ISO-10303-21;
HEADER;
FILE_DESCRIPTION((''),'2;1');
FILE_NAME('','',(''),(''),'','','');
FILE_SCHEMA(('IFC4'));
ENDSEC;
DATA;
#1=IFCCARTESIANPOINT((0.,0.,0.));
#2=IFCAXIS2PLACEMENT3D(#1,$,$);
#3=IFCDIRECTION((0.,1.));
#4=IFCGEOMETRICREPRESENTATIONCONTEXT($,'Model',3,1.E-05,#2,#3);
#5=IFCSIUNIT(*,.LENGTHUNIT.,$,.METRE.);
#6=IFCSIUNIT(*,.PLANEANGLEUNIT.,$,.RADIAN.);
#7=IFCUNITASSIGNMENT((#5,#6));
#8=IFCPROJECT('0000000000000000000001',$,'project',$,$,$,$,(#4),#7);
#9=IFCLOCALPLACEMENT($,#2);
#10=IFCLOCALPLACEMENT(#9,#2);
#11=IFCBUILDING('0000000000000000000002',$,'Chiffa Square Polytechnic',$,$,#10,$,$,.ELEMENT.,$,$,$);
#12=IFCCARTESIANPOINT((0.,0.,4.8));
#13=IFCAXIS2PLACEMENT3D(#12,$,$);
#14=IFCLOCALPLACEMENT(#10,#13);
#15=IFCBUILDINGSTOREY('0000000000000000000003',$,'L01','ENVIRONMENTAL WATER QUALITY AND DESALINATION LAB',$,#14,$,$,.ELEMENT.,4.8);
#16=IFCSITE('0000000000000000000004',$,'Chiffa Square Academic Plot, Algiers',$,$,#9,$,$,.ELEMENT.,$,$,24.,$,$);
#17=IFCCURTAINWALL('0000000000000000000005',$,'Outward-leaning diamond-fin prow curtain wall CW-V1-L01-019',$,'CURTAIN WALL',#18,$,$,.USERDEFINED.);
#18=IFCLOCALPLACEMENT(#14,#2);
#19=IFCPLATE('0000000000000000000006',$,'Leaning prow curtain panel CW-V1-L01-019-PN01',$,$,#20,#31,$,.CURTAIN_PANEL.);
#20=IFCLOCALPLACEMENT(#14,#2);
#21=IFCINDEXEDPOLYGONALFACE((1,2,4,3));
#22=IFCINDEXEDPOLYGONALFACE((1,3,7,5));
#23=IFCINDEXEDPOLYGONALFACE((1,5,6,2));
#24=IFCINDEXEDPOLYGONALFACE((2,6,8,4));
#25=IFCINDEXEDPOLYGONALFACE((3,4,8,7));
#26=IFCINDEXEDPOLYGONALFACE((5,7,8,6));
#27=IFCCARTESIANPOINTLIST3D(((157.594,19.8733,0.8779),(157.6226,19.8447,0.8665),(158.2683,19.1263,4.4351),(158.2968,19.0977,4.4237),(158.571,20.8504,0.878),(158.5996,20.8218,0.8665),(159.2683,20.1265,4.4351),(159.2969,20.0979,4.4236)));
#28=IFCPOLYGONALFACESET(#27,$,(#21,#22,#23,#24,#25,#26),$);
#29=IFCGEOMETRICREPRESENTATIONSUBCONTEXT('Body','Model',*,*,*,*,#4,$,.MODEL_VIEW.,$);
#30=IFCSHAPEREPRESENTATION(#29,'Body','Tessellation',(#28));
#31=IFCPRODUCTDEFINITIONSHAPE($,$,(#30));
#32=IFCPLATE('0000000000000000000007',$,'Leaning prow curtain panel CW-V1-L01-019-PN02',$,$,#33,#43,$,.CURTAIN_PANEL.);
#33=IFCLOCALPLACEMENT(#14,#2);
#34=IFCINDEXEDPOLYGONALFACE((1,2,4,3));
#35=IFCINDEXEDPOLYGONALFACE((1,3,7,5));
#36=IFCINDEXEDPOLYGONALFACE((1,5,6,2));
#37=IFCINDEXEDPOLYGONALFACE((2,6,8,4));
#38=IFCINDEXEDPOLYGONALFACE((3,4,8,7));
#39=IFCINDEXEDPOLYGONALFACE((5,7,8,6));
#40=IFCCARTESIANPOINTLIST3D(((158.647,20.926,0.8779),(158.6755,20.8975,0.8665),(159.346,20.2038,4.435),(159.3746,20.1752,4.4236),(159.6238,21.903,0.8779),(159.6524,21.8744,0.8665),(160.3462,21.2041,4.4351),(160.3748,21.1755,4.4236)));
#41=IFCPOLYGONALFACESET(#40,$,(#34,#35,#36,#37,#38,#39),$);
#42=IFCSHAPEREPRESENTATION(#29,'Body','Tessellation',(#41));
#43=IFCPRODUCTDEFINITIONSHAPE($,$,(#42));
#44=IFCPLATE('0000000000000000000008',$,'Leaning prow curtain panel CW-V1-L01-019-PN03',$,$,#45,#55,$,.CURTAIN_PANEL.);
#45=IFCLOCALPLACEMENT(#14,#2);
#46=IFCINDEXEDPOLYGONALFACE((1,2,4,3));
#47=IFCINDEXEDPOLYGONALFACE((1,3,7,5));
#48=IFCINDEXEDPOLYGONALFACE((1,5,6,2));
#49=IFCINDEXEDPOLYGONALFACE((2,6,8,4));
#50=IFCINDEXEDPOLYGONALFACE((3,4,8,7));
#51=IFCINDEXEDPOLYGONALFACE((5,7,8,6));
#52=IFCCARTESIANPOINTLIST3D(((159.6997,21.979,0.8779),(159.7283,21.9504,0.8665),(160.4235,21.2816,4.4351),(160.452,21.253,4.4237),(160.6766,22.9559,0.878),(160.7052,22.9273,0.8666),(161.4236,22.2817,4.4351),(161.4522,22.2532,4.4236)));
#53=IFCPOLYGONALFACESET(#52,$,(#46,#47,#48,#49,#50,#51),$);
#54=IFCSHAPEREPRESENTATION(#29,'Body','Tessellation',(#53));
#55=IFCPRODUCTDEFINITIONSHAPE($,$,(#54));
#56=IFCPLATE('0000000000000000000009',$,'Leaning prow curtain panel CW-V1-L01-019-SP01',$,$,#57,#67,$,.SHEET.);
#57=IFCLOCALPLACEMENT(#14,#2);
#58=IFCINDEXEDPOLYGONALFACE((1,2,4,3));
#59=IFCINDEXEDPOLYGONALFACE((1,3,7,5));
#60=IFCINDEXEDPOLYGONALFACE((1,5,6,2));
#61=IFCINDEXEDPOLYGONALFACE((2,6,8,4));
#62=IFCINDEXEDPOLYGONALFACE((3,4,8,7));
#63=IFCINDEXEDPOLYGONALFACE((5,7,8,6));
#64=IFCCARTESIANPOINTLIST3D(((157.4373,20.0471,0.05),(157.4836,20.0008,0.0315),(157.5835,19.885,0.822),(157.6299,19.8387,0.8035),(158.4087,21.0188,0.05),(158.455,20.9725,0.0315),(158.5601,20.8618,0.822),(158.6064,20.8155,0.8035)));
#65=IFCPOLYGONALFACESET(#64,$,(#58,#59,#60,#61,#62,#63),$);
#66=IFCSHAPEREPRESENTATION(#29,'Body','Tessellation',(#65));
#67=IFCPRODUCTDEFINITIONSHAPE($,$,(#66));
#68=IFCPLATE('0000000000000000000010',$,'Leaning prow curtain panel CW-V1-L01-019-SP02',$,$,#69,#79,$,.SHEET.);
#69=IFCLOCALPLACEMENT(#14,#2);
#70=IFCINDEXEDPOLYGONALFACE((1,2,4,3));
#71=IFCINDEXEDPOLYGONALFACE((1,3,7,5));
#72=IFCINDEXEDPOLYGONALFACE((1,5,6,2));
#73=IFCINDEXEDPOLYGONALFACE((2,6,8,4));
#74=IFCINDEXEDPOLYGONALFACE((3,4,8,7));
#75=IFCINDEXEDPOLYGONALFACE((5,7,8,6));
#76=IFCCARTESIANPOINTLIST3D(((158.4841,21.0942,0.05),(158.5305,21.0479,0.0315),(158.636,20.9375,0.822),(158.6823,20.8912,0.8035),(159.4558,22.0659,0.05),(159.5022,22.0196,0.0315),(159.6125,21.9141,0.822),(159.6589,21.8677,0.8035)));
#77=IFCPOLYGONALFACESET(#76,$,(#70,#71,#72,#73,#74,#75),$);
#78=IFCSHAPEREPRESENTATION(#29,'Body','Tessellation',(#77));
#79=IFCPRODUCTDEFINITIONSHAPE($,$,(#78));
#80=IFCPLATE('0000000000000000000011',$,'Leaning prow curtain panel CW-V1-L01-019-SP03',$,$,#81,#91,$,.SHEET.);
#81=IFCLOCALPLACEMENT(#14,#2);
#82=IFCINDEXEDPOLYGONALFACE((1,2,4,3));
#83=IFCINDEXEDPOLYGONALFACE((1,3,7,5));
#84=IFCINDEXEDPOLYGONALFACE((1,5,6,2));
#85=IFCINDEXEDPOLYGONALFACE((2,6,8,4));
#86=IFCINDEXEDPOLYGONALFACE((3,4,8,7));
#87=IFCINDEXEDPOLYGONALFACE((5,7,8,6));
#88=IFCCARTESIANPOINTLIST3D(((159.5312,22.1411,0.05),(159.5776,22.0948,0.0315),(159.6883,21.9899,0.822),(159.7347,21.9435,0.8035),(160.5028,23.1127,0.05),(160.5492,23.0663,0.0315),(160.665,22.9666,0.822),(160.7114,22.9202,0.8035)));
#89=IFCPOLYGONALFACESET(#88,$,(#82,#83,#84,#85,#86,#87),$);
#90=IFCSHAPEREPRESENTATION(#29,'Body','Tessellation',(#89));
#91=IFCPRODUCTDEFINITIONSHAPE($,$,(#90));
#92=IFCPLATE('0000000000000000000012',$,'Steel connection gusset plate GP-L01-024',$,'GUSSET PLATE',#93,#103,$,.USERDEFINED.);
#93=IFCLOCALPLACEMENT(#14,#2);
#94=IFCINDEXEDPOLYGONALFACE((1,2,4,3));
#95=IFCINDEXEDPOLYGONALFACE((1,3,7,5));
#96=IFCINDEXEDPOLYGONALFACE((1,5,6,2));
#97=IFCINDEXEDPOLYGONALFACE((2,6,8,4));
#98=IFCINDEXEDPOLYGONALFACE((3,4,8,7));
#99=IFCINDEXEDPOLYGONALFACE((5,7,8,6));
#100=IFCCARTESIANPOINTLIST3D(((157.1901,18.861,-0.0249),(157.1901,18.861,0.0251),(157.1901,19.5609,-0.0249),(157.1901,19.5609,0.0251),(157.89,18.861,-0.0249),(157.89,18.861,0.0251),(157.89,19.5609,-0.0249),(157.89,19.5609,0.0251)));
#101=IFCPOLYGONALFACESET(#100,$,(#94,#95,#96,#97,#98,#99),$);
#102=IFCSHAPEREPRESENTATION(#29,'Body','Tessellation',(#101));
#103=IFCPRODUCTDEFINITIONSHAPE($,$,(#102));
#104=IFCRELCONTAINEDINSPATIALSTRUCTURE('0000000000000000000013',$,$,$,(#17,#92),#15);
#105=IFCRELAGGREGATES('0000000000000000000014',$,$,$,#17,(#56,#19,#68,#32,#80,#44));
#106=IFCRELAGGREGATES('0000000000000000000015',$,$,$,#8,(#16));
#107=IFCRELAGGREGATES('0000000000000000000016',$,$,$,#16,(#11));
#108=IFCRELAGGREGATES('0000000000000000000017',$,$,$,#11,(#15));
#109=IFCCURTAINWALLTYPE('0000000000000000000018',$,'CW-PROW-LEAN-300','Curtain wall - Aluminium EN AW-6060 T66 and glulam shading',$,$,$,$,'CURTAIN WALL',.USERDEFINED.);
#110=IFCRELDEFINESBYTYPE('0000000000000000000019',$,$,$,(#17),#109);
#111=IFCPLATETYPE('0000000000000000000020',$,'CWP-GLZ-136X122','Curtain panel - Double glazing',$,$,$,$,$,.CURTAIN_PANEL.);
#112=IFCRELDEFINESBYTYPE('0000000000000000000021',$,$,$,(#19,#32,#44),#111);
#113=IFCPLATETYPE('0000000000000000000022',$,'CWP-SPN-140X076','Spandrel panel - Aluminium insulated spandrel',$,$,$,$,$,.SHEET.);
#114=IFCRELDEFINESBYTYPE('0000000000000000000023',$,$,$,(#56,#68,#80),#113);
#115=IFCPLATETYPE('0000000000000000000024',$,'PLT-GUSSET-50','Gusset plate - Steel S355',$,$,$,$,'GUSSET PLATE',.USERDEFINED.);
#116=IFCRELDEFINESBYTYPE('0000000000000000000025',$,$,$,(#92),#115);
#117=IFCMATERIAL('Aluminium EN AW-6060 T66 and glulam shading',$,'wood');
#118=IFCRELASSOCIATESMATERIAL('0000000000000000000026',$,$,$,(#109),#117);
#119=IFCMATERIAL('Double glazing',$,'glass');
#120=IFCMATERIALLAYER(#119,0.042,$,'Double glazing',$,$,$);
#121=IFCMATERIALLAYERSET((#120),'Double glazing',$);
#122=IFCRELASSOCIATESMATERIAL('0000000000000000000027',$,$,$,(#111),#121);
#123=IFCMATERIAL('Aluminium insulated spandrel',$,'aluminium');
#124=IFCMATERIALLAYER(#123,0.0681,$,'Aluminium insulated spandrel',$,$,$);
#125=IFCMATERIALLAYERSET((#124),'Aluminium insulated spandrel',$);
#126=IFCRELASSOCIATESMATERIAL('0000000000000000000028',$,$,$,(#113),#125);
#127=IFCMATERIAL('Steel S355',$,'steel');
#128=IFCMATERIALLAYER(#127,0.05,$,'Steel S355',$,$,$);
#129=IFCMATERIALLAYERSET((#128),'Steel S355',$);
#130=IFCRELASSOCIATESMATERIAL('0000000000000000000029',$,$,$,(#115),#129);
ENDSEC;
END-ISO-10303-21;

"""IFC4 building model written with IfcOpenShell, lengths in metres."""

from ifc_helpers import new_model, si_unit, direction, frame, origin, origin_2d, place, context, subcontext, project, spatial, polyline, rectangle, outline, extrude, material, layer, layer_set, type_object, element, aggregate, save


model = new_model("IFC4")

# Units and contexts
model_context = context("Model", 3, precision=1e-05, world=origin(), true_north=direction((0.0, 1.0)))
body_context = subcontext(model_context, "Body", "Model", "MODEL_VIEW")
ifc_project = project(units=[si_unit("LENGTHUNIT", "METRE"), si_unit("PLANEANGLEUNIT", "RADIAN")], contexts=[model_context])

# Site, building, storey
site_placement = place(None, origin())
site = spatial("IfcSite", under=ifc_project, at=site_placement, Name="Chiffa Square Academic Plot, Algiers", CompositionType="ELEMENT", RefElevation=24.0)
building_placement = place(site_placement, origin())
building = spatial("IfcBuilding", under=site, at=building_placement, Name="Chiffa Square Polytechnic", CompositionType="ELEMENT")
storey_placement = place(building_placement, frame((0.0, 0.0, 4.8)))
storey = spatial("IfcBuildingStorey", under=building, at=storey_placement, Name="L01", Description="ENVIRONMENTAL WATER QUALITY AND DESALINATION LAB", CompositionType="ELEMENT", Elevation=4.8)

# Shared definitions
ifc_material_1 = material(Name="Steel S355", Category="steel")

# Curtain wall, plates
ifc_material_2 = material(Name="Aluminium EN AW-6060 T66 and glulam shading", Category="wood")
curtain_wall_type = type_object("IfcCurtainWallType", Name="CW-PROW-LEAN-300", Description="Curtain wall - Aluminium EN AW-6060 T66 and glulam shading", ElementType="CURTAIN WALL", PredefinedType="USERDEFINED", material=ifc_material_2)
curtain_wall_placement = place(storey_placement, origin())
curtain_wall = element("IfcCurtainWall", 1, at=curtain_wall_placement, inside=storey, type_object=curtain_wall_type, Name="Outward-leaning diamond-fin prow curtain wall CW-V1-L01-019", ObjectType="CURTAIN WALL", PredefinedType="USERDEFINED")
ifc_material_3 = material(Name="Double glazing", Category="glass")
ifc_layer_1 = layer(ifc_material_3, 0.042, Name="Double glazing")
ifc_layer_set_1 = layer_set([ifc_layer_1], Name="Double glazing")
plate_type_1 = type_object("IfcPlateType", Name="CWP-GLZ-136X122", Description="Curtain panel - Double glazing", PredefinedType="CURTAIN_PANEL", material=ifc_layer_set_1)
plate_1_placement = place(storey_placement, frame((157.594, 19.8733, 0.8779), z_axis=(-0.680512, 0.680428, 0.271884), x_axis=(0.707066, 0.707147, 0.000016)))
plate_1 = element("IfcPlate", 2, at=plate_1_placement, type_object=plate_type_1, Name="Leaning prow curtain panel CW-V1-L01-019-PN01", PredefinedType="CURTAIN_PANEL", context=body_context, shape_type="SweptSolid", body=[
    extrude(outline(polyline([(0.0, 0.0), (1.3818, 0.0), (1.3629, -3.6963), (-0.0514, -3.6964), (0.0, 0.0)])), origin(), (0.0, 0.0, -1.0), 0.042),
])
plate_2_placement = place(storey_placement, frame((158.647, 20.926, 0.8779), z_axis=(-0.680512, 0.680428, 0.271884), x_axis=(0.70706, 0.707154, -0.000017)))
plate_2 = element("IfcPlate", 3, at=plate_2_placement, type_object=plate_type_1, Name="Leaning prow curtain panel CW-V1-L01-019-PN02", PredefinedType="CURTAIN_PANEL", context=body_context, shape_type="SweptSolid", body=[
    extrude(outline(polyline([(0.0, 0.0), (1.3816, 0.0), (1.398, -3.6964), (-0.0165, -3.6963), (0.0, 0.0)])), origin(), (0.0, 0.0, -1.0), 0.042),
])
plate_3_placement = place(storey_placement, frame((159.6997, 21.979, 0.8779), z_axis=(-0.680474, 0.680474, 0.271863), x_axis=(0.707113, 0.7071, 0.000033)))
plate_3 = element("IfcPlate", 4, at=plate_3_placement, type_object=plate_type_1, Name="Leaning prow curtain panel CW-V1-L01-019-PN03", PredefinedType="CURTAIN_PANEL", context=body_context, shape_type="SweptSolid", body=[
    extrude(outline(polyline([(0.0, 0.0), (1.3816, 0.0), (1.4332, -3.6963), (0.0188, -3.6964), (0.0, 0.0)])), origin(), (0.0, 0.0, -1.0), 0.042),
])
ifc_material_4 = material(Name="Aluminium insulated spandrel", Category="aluminium")
ifc_layer_2 = layer(ifc_material_4, 0.0681, Name="Aluminium insulated spandrel")
ifc_layer_set_2 = layer_set([ifc_layer_2], Name="Aluminium insulated spandrel")
plate_type_2 = type_object("IfcPlateType", Name="CWP-SPN-140X076", Description="Spandrel panel - Aluminium insulated spandrel", PredefinedType="SHEET", material=ifc_layer_set_2)
plate_4_placement = place(storey_placement, frame((157.4373, 20.0471, 0.05), z_axis=(-0.680571, 0.6804, 0.271806), x_axis=(0.707018, 0.707195, 0.0)))
plate_4 = element("IfcPlate", 5, at=plate_4_placement, type_object=plate_type_2, Name="Leaning prow curtain panel CW-V1-L01-019-SP01", PredefinedType="SHEET", context=body_context, shape_type="SweptSolid", body=[
    extrude(outline(polyline([(0.0, 0.0), (1.374, 0.0), (1.37, -0.8022), (-0.0112, -0.8022), (0.0, 0.0)])), origin(), (0.0, 0.0, -1.0), 0.0681),
])
plate_5_placement = place(storey_placement, frame((158.4841, 21.0942, 0.05), z_axis=(-0.680446, 0.680446, 0.272006), x_axis=(0.707107, 0.707107, 0.0)))
plate_5 = element("IfcPlate", 6, at=plate_5_placement, type_object=plate_type_2, Name="Leaning prow curtain panel CW-V1-L01-019-SP02", PredefinedType="SHEET", context=body_context, shape_type="SweptSolid", body=[
    extrude(outline(polyline([(0.0, 0.0), (1.3742, 0.0), (1.3776, -0.8022), (-0.0035, -0.8022), (0.0, 0.0)])), origin(), (0.0, 0.0, -1.0), 0.0681),
])
plate_6_placement = place(storey_placement, frame((159.5312, 22.1411, 0.05), z_axis=(-0.680486, 0.680486, 0.271807), x_axis=(0.7071, 0.707113, -0.000033)))
plate_6 = element("IfcPlate", 7, at=plate_6_placement, type_object=plate_type_2, Name="Leaning prow curtain panel CW-V1-L01-019-SP03", PredefinedType="SHEET", context=body_context, shape_type="SweptSolid", body=[
    extrude(outline(polyline([(0.0, 0.0), (1.374, 0.0), (1.3854, -0.8022), (0.0041, -0.8021), (0.0, 0.0)])), origin(), (0.0, 0.0, -1.0), 0.0681),
])
aggregate(curtain_wall, [plate_4, plate_1, plate_5, plate_2, plate_6, plate_3])

# Plate
ifc_layer_3 = layer(ifc_material_1, 0.05, Name="Steel S355")
ifc_layer_set_3 = layer_set([ifc_layer_3], Name="Steel S355")
plate_type_3 = type_object("IfcPlateType", Name="PLT-GUSSET-50", Description="Gusset plate - Steel S355", ElementType="GUSSET PLATE", PredefinedType="USERDEFINED", material=ifc_layer_set_3)
plate_7_placement = place(storey_placement, frame((157.54, 19.2109, -0.0249), z_axis=(0.0, 0.0, 1.0), x_axis=(1.0, 0.0, 0.0)))
element("IfcPlate", 8, at=plate_7_placement, inside=storey, type_object=plate_type_3, Name="Steel connection gusset plate GP-L01-024", ObjectType="GUSSET PLATE", PredefinedType="USERDEFINED", context=body_context, shape_type="SweptSolid", body=[
    extrude(rectangle(XDim=0.7, YDim=0.7, at=origin_2d()), origin(), (0.0, 0.0, 1.0), 0.05),
])

save(model, "model.ifc")
